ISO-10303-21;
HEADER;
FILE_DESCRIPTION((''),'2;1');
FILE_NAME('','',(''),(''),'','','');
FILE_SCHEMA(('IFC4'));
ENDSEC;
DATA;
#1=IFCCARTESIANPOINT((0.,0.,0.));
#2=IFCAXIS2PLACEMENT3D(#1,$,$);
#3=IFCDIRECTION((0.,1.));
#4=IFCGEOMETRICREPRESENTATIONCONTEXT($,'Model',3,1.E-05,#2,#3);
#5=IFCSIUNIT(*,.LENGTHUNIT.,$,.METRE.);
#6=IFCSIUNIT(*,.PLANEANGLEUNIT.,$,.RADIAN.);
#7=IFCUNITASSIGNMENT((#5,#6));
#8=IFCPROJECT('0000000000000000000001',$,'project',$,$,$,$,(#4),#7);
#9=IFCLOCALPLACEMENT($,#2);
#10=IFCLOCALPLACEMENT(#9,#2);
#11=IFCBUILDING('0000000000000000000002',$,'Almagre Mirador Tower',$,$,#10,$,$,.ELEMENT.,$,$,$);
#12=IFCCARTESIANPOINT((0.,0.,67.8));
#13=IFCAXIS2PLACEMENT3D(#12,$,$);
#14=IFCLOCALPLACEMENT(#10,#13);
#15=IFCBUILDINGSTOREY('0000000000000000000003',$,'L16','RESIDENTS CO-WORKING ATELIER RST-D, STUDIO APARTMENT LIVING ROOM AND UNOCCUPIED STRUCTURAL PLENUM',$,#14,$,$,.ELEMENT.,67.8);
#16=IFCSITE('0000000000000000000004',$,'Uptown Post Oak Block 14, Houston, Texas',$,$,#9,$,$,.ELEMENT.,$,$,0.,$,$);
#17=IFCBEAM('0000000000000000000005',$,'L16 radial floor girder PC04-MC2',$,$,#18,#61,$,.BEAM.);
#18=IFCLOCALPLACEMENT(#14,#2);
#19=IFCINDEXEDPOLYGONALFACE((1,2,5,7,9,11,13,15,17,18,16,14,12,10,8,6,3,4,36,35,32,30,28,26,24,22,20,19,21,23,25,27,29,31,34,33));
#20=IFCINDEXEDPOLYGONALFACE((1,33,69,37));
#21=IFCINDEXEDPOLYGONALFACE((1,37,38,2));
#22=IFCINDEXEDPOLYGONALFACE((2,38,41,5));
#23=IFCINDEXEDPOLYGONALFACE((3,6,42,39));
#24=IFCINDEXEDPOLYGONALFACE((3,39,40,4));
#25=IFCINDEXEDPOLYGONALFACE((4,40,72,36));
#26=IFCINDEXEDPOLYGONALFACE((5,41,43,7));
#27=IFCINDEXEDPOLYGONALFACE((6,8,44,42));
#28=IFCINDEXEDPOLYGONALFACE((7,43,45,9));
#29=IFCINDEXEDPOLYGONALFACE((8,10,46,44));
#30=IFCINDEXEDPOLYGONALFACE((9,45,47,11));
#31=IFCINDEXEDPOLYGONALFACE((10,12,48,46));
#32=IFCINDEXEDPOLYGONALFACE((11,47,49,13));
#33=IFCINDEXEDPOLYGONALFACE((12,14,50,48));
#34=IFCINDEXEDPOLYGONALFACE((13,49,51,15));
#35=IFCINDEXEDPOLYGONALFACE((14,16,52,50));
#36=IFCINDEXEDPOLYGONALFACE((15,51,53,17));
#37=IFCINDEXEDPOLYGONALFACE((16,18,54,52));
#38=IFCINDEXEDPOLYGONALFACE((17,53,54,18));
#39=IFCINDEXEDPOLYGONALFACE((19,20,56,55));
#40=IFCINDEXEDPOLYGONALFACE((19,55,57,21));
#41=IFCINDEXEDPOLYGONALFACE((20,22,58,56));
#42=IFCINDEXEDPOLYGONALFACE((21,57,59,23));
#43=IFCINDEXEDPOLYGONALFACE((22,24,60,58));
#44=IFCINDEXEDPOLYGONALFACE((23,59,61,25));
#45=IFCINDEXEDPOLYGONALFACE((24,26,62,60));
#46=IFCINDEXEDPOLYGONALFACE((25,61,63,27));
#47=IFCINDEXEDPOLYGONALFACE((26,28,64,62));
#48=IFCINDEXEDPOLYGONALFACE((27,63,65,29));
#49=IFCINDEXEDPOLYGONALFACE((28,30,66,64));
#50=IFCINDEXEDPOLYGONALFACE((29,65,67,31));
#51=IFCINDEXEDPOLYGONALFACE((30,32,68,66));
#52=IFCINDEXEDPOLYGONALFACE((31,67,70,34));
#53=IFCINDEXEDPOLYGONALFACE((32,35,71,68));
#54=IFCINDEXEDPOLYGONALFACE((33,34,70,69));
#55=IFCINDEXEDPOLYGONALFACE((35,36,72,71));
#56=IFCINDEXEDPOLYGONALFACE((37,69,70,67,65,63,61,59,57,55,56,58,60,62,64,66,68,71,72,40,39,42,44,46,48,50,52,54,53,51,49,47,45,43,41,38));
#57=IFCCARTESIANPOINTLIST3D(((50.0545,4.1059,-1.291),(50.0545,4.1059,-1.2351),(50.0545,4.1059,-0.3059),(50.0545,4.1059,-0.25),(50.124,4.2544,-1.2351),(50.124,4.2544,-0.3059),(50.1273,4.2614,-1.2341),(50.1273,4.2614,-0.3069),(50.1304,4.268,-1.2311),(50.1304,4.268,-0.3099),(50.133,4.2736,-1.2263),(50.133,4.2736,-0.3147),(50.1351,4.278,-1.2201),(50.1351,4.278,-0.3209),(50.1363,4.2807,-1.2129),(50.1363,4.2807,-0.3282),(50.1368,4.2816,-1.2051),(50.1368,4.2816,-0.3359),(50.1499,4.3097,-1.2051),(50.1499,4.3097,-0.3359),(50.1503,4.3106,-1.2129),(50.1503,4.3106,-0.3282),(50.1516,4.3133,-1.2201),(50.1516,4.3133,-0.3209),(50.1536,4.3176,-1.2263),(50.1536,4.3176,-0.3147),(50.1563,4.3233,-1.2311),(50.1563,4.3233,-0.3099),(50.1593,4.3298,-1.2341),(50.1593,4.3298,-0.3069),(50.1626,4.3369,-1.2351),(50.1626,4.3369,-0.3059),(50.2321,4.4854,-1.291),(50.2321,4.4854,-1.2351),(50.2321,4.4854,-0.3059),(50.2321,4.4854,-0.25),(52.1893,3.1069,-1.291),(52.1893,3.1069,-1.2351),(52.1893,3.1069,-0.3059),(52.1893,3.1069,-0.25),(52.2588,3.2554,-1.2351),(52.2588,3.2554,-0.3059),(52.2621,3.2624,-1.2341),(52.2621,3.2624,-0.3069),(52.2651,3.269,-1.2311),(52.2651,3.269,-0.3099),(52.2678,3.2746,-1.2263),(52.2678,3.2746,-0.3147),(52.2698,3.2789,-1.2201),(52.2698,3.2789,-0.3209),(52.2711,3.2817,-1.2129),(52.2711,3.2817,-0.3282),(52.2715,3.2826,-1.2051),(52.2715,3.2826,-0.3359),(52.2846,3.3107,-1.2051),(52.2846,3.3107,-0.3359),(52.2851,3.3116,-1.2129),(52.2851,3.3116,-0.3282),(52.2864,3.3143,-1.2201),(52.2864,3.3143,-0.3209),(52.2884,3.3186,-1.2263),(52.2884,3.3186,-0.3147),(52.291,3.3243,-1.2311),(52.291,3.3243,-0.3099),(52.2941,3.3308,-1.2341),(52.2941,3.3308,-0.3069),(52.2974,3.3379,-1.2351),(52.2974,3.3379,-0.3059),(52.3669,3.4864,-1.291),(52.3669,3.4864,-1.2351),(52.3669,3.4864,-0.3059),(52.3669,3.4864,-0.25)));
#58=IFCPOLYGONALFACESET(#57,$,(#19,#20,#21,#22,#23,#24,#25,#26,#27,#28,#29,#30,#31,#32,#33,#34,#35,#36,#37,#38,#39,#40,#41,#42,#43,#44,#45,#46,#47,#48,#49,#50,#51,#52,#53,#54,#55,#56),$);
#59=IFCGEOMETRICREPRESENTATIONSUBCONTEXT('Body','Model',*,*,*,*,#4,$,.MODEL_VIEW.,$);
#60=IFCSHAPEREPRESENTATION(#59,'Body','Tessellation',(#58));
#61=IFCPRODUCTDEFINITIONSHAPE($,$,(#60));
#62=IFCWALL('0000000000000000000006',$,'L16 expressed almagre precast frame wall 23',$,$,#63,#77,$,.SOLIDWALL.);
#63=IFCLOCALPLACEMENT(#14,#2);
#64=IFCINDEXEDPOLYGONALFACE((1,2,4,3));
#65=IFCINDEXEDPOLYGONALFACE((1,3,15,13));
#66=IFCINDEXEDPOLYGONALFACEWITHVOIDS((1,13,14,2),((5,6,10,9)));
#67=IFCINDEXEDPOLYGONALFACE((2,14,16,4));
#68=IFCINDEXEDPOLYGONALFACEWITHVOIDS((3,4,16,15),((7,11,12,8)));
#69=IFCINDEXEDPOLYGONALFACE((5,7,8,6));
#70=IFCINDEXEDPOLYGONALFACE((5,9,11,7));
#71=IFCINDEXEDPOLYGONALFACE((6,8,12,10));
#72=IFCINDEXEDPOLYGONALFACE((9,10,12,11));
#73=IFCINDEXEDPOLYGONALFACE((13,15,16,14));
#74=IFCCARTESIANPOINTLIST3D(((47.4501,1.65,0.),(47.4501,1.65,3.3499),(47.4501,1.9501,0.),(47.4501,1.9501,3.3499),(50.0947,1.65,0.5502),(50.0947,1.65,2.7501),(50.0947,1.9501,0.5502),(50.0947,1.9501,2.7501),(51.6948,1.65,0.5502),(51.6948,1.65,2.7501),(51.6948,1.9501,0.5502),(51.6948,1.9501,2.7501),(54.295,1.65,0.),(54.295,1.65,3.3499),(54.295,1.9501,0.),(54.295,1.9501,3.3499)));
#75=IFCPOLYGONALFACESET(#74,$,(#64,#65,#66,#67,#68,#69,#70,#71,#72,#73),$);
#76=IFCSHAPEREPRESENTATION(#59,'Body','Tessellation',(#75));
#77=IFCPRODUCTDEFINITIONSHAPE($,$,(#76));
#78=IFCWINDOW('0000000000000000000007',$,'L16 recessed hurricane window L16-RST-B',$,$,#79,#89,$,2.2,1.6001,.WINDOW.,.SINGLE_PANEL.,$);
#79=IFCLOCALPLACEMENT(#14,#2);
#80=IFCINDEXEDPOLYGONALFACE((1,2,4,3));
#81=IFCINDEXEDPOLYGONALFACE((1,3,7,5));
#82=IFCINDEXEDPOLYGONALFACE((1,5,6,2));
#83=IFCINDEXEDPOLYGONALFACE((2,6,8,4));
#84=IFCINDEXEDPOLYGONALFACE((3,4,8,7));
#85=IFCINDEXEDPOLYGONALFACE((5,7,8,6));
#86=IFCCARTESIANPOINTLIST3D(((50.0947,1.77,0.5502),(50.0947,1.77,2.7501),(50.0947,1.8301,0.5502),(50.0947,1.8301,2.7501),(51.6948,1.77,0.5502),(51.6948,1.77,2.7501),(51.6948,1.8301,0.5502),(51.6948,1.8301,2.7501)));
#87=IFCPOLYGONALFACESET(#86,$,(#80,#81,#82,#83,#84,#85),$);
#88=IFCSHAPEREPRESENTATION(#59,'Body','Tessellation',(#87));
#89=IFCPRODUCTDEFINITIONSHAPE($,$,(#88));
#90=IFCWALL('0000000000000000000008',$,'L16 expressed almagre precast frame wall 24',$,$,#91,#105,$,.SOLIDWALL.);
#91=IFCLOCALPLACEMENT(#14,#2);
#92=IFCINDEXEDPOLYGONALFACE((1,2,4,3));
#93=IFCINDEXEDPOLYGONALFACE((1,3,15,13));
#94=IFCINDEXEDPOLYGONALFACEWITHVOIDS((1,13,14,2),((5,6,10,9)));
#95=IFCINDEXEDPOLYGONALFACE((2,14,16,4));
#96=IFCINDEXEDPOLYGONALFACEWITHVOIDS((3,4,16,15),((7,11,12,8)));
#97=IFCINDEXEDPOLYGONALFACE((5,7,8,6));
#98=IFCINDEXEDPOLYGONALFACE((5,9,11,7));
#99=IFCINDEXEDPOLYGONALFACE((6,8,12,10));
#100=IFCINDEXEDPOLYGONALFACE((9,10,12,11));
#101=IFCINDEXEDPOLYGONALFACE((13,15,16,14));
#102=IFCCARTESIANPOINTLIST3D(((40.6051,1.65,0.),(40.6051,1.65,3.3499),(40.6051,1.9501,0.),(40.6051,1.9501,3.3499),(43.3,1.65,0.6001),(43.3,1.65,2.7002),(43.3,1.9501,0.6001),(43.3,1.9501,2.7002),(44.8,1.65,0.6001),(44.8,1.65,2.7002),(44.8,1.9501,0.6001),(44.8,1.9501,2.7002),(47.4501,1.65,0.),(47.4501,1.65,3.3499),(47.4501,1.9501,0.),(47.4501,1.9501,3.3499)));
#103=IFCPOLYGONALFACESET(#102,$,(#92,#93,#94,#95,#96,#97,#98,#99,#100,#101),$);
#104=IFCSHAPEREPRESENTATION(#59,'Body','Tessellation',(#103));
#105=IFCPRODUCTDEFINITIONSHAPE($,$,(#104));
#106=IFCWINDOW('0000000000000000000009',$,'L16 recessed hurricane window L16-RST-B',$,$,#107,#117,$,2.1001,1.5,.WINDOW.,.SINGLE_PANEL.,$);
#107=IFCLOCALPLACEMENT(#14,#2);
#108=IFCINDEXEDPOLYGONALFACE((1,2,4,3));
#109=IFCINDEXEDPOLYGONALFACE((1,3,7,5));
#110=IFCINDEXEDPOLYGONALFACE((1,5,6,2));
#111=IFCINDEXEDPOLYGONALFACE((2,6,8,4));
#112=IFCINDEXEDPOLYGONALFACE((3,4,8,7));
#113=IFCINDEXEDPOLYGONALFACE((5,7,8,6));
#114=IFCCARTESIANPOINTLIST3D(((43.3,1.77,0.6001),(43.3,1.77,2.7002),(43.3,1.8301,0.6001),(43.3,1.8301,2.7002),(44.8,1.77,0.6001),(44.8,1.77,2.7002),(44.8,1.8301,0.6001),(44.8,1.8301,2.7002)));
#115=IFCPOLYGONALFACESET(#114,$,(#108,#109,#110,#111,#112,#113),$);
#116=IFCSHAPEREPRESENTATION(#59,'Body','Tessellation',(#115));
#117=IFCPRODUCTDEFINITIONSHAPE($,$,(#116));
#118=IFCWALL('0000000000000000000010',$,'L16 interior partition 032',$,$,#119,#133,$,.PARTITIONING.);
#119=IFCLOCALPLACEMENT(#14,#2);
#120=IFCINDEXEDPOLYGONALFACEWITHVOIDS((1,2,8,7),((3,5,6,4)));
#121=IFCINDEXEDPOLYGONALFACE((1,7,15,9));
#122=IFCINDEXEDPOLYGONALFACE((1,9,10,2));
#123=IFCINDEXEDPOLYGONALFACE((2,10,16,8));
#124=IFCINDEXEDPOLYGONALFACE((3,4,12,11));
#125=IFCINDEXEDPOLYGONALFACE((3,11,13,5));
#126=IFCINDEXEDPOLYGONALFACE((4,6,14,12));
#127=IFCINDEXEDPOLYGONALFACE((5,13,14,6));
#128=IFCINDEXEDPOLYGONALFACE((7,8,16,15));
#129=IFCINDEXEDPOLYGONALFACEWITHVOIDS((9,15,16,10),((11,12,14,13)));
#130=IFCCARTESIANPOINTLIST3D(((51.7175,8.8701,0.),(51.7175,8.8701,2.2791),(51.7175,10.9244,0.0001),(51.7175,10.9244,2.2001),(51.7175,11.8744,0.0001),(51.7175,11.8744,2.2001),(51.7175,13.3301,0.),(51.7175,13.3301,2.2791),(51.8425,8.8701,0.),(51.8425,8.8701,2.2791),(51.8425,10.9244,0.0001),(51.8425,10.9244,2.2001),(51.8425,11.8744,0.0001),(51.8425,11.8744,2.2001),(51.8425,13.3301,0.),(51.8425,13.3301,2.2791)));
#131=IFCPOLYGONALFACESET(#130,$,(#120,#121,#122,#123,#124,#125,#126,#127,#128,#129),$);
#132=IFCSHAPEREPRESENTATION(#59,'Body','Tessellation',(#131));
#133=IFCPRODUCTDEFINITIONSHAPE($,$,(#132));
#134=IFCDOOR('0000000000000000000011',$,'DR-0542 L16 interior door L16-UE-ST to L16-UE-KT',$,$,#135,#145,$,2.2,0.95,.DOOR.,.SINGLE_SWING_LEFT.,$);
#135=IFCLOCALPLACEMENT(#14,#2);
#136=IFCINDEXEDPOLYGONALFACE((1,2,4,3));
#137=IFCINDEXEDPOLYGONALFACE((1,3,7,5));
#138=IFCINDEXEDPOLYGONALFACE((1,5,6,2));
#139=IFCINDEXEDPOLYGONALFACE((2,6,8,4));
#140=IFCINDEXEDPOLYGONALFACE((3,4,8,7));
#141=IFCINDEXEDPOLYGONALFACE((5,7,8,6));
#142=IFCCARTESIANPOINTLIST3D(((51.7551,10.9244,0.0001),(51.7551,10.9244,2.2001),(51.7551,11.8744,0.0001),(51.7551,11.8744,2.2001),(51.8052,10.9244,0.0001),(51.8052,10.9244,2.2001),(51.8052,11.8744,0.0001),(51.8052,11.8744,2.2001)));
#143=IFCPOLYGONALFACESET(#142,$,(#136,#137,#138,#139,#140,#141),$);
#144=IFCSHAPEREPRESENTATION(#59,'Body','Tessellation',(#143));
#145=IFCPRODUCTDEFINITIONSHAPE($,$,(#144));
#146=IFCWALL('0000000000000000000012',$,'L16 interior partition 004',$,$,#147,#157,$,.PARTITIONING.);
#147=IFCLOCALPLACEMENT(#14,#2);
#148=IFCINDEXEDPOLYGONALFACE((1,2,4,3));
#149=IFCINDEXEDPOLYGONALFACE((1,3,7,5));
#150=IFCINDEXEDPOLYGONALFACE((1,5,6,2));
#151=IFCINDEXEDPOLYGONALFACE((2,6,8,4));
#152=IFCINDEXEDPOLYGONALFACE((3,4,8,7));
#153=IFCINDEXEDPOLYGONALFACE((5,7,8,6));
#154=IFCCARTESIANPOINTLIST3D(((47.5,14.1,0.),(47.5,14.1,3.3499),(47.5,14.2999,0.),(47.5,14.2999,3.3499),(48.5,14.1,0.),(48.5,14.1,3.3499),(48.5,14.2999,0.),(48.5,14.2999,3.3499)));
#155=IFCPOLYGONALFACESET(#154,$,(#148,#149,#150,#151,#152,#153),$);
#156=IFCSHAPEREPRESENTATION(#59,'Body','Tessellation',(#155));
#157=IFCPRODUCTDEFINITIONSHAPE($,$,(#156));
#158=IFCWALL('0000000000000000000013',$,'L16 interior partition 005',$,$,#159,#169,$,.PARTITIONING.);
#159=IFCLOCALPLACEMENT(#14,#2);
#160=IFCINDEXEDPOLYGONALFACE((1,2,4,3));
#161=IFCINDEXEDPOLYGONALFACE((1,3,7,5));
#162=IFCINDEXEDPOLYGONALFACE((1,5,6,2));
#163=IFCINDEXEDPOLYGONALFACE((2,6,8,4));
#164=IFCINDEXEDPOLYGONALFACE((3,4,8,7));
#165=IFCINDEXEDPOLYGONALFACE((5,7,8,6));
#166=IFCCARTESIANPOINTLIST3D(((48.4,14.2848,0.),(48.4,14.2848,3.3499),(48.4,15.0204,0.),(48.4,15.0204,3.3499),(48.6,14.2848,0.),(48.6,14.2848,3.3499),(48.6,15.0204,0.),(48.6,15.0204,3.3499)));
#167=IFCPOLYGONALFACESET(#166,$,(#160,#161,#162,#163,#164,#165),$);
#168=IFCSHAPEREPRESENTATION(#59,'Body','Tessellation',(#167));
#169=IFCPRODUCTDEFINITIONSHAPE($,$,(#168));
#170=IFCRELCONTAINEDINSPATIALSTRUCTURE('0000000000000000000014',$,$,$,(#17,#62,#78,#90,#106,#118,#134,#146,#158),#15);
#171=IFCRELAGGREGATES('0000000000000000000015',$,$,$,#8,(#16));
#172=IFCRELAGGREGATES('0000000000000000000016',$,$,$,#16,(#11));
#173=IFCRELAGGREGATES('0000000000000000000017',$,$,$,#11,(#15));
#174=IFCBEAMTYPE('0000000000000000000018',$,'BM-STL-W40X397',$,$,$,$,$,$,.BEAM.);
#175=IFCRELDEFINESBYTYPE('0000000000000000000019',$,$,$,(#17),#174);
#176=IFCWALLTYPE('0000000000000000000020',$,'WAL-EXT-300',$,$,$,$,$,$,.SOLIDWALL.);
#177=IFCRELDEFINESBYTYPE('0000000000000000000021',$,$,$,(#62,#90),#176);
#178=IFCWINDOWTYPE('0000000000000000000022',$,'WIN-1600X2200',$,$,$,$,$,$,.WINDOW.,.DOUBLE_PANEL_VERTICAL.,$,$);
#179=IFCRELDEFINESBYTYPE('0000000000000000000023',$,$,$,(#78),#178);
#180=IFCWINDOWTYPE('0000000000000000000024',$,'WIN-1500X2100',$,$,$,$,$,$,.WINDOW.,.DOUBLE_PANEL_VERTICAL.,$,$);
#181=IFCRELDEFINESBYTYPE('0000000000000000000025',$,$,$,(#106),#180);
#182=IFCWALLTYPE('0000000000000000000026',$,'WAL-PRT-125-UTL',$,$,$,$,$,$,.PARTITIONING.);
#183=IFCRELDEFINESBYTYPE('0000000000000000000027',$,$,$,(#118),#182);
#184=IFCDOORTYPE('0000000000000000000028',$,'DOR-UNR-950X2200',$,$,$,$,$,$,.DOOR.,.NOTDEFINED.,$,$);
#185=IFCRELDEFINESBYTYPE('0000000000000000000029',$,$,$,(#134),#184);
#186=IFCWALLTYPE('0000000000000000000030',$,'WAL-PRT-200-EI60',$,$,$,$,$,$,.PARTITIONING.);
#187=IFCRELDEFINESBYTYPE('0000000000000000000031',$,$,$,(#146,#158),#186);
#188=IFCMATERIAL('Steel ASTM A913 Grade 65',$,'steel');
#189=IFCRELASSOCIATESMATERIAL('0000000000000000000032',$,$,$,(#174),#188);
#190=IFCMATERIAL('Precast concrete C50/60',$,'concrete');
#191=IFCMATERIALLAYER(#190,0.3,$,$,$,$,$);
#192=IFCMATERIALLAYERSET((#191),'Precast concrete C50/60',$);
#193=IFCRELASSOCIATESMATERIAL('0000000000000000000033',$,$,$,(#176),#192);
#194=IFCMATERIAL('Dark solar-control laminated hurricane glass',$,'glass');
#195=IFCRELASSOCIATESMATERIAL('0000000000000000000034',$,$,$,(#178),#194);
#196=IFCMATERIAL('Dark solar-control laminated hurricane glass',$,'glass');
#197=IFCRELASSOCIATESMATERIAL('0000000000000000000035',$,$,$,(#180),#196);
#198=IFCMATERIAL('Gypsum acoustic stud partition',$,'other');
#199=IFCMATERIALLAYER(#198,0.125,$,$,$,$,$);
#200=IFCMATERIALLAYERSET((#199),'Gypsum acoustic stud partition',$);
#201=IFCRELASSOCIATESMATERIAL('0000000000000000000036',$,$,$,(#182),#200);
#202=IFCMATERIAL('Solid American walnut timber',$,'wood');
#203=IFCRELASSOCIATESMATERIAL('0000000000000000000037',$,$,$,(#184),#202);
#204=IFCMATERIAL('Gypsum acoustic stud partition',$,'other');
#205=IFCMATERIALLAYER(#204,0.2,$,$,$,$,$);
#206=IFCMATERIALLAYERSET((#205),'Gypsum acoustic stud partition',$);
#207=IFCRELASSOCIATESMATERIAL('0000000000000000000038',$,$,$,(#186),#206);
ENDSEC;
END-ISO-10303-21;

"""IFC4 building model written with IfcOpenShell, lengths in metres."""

from ifc_helpers import new_model, si_unit, direction, frame, frame_2d, origin, origin_2d, place, context, subcontext, project, spatial, rectangle, i_section, extrude, material, layer, layer_set, material_profile, profile_set, type_object, element, fill, save


model = new_model("IFC4")

# Units and contexts
model_context = context("Model", 3, precision=1e-05, world=origin(), true_north=direction((0.0, 1.0)))
body_context = subcontext(model_context, "Body", "Model", "MODEL_VIEW")
ifc_project = project(units=[si_unit("LENGTHUNIT", "METRE"), si_unit("PLANEANGLEUNIT", "RADIAN")], contexts=[model_context])

# Site, building, storey
site_placement = place(None, origin())
site = spatial("IfcSite", under=ifc_project, at=site_placement, Name="Uptown Post Oak Block 14, Houston, Texas", CompositionType="ELEMENT", RefElevation=0.0)
building_placement = place(site_placement, origin())
building = spatial("IfcBuilding", under=site, at=building_placement, Name="Almagre Mirador Tower", CompositionType="ELEMENT")
storey_placement = place(building_placement, frame((0.0, 0.0, 67.8)))
storey = spatial("IfcBuildingStorey", under=building, at=storey_placement, Name="L16", Description="RESIDENTS CO-WORKING ATELIER RST-D, STUDIO APARTMENT LIVING ROOM AND UNOCCUPIED STRUCTURAL PLENUM", CompositionType="ELEMENT", Elevation=67.8)

# Beam
ifc_material_1 = material(Name="Steel ASTM A913 Grade 65", Category="steel")
ifc_material_profile_1 = material_profile(ifc_material_1, i_section(OverallWidth=0.4189, OverallDepth=1.041, WebThickness=0.031, FlangeThickness=0.0559, FilletRadius=0.03, at=origin_2d()), Name="W40X397")
ifc_profile_set_1 = profile_set([ifc_material_profile_1], Name="Steel ASTM A913 Grade 65")
beam_type_1 = type_object("IfcBeamType", Name="BM-STL-W40X397", PredefinedType="BEAM", material=ifc_profile_set_1)
beam_1_placement = place(storey_placement, frame((52.2781, 3.2966, -0.7705), z_axis=(-0.905727, 0.423861, 0.0), x_axis=(-0.423861, -0.905727, 0.0)))
element("IfcBeam", 1, at=beam_1_placement, inside=storey, type_object=beam_type_1, Name="L16 radial floor girder PC04-MC2", PredefinedType="BEAM", context=body_context, shape_type="SweptSolid", body=[
    extrude(i_section(OverallWidth=0.4189, OverallDepth=1.041, WebThickness=0.031, FlangeThickness=0.0559, FilletRadius=0.03, at=origin_2d()), origin(), (0.0, 0.0, 1.0), 2.3569),
])

# Walls, openings, windows
ifc_material_2 = material(Name="Precast concrete C50/60", Category="concrete")
ifc_layer_1 = layer(ifc_material_2, 0.3)
ifc_layer_set_1 = layer_set([ifc_layer_1], Name="Precast concrete C50/60")
wall_type_1 = type_object("IfcWallType", Name="WAL-EXT-300", PredefinedType="SOLIDWALL", material=ifc_layer_set_1)
wall_1_placement = place(storey_placement, frame((54.2949, 1.8, 0.0), z_axis=(0.0, 0.0, 1.0), x_axis=(-1.0, 0.0, 0.0)))
wall_1 = element("IfcWall", 2, at=wall_1_placement, inside=storey, type_object=wall_type_1, Name="L16 expressed almagre precast frame wall 23", PredefinedType="SOLIDWALL", context=body_context, shape_type="SweptSolid", body=[
    extrude(rectangle(XDim=6.845, YDim=0.3, at=frame_2d((3.4224, 0.0))), origin(), (0.0, 0.0, 1.0), 3.3499),
])
opening_1_placement = place(wall_1_placement, frame((2.6001, 0.0, 0.55)))
opening_1 = element("IfcOpeningElement", 3, at=opening_1_placement, cuts=wall_1, PredefinedType="OPENING", context=body_context, shape_type="SweptSolid", body=[
    extrude(rectangle(XDim=1.6001, YDim=2.2, at=frame_2d((0.8, 1.1001))), frame((0.0, 0.1599, 0.0), z_axis=(0.0, -1.0, 0.0), x_axis=(1.0, 0.0, 0.0)), (0.0, 0.0, 1.0), 0.32),
])
ifc_material_3 = material(Name="Dark solar-control laminated hurricane glass", Category="glass")
window_type_1 = type_object("IfcWindowType", Name="WIN-1600X2200", PartitioningType="DOUBLE_PANEL_VERTICAL", PredefinedType="WINDOW", material=ifc_material_3)
window_1_placement = place(opening_1_placement, origin())
window_1 = element("IfcWindow", 4, at=window_1_placement, inside=storey, type_object=window_type_1, Name="L16 recessed hurricane window L16-RST-B", OverallHeight=2.2, OverallWidth=1.6001, PartitioningType="SINGLE_PANEL", PredefinedType="WINDOW", context=body_context, shape_type="SweptSolid", body=[
    extrude(rectangle(XDim=1.6001, YDim=2.2, at=frame_2d((0.8, 1.1001))), frame((0.0, 0.03, 0.0), z_axis=(0.0, -1.0, 0.0), x_axis=(1.0, 0.0, 0.0)), (0.0, 0.0, 1.0), 0.0601),
])
fill(opening_1, window_1)
wall_2_placement = place(storey_placement, frame((47.45, 1.8, 0.0), z_axis=(0.0, 0.0, 1.0), x_axis=(-1.0, 0.0, 0.0)))
wall_2 = element("IfcWall", 5, at=wall_2_placement, inside=storey, type_object=wall_type_1, Name="L16 expressed almagre precast frame wall 24", PredefinedType="SOLIDWALL", context=body_context, shape_type="SweptSolid", body=[
    extrude(rectangle(XDim=6.845, YDim=0.3, at=frame_2d((3.4224, 0.0))), origin(), (0.0, 0.0, 1.0), 3.3499),
])
opening_2_placement = place(wall_2_placement, frame((2.6499, 0.0, 0.6001)))
opening_2 = element("IfcOpeningElement", 6, at=opening_2_placement, cuts=wall_2, PredefinedType="OPENING", context=body_context, shape_type="SweptSolid", body=[
    extrude(rectangle(XDim=1.5, YDim=2.1001, at=frame_2d((0.75, 1.05))), frame((0.0, 0.1599, 0.0), z_axis=(0.0, -1.0, 0.0), x_axis=(1.0, 0.0, 0.0)), (0.0, 0.0, 1.0), 0.32),
])
ifc_material_4 = material(Name="Dark solar-control laminated hurricane glass", Category="glass")
window_type_2 = type_object("IfcWindowType", Name="WIN-1500X2100", PartitioningType="DOUBLE_PANEL_VERTICAL", PredefinedType="WINDOW", material=ifc_material_4)
window_2_placement = place(opening_2_placement, origin())
window_2 = element("IfcWindow", 7, at=window_2_placement, inside=storey, type_object=window_type_2, Name="L16 recessed hurricane window L16-RST-B", OverallHeight=2.1001, OverallWidth=1.5, PartitioningType="SINGLE_PANEL", PredefinedType="WINDOW", context=body_context, shape_type="SweptSolid", body=[
    extrude(rectangle(XDim=1.5, YDim=2.1001, at=frame_2d((0.75, 1.05))), frame((0.0, 0.03, 0.0), z_axis=(0.0, -1.0, 0.0), x_axis=(1.0, 0.0, 0.0)), (0.0, 0.0, 1.0), 0.0601),
])
fill(opening_2, window_2)

# Wall, opening, door
ifc_material_5 = material(Name="Gypsum acoustic stud partition", Category="other")
ifc_layer_2 = layer(ifc_material_5, 0.125)
ifc_layer_set_2 = layer_set([ifc_layer_2], Name="Gypsum acoustic stud partition")
wall_type_2 = type_object("IfcWallType", Name="WAL-PRT-125-UTL", PredefinedType="PARTITIONING", material=ifc_layer_set_2)
wall_3_placement = place(storey_placement, frame((51.78, 8.8701, 0.0), z_axis=(0.0, 0.0, 1.0), x_axis=(0.0, 1.0, 0.0)))
wall_3 = element("IfcWall", 8, at=wall_3_placement, inside=storey, type_object=wall_type_2, Name="L16 interior partition 032", PredefinedType="PARTITIONING", context=body_context, shape_type="SweptSolid", body=[
    extrude(rectangle(XDim=4.46, YDim=0.125, at=frame_2d((2.23, 0.0))), origin(), (0.0, 0.0, 1.0), 2.2791),
])
opening_3_placement = place(wall_3_placement, frame((2.0542, 0.0, 0.0)))
opening_3 = element("IfcOpeningElement", 9, at=opening_3_placement, cuts=wall_3, PredefinedType="OPENING", context=body_context, shape_type="SweptSolid", body=[
    extrude(rectangle(XDim=0.95, YDim=2.2, at=frame_2d((0.4751, 1.1001))), frame((0.0, 0.0725, 0.0), z_axis=(0.0, -1.0, 0.0), x_axis=(1.0, 0.0, 0.0)), (0.0, 0.0, 1.0), 0.145),
])
ifc_material_6 = material(Name="Solid American walnut timber", Category="wood")
door_type = type_object("IfcDoorType", Name="DOR-UNR-950X2200", OperationType="NOTDEFINED", PredefinedType="DOOR", material=ifc_material_6)
door_placement = place(opening_3_placement, origin())
door = element("IfcDoor", 10, at=door_placement, inside=storey, type_object=door_type, Name="DR-0542 L16 interior door L16-UE-ST to L16-UE-KT", OperationType="SINGLE_SWING_LEFT", OverallHeight=2.2, OverallWidth=0.95, PredefinedType="DOOR", context=body_context, shape_type="SweptSolid", body=[
    extrude(rectangle(XDim=0.95, YDim=2.2, at=frame_2d((0.4751, 1.1001))), frame((0.0, 0.0249, 0.0), z_axis=(0.0, -1.0, 0.0), x_axis=(1.0, 0.0, 0.0)), (0.0, 0.0, 1.0), 0.05),
])
fill(opening_3, door)

# Walls
ifc_material_7 = material(Name="Gypsum acoustic stud partition", Category="other")
ifc_layer_3 = layer(ifc_material_7, 0.2)
ifc_layer_set_3 = layer_set([ifc_layer_3], Name="Gypsum acoustic stud partition")
wall_type_3 = type_object("IfcWallType", Name="WAL-PRT-200-EI60", PredefinedType="PARTITIONING", material=ifc_layer_set_3)
wall_4_placement = place(storey_placement, frame((47.5, 14.2, 0.0), z_axis=(0.0, 0.0, 1.0), x_axis=(1.0, 0.0, 0.0)))
element("IfcWall", 11, at=wall_4_placement, inside=storey, type_object=wall_type_3, Name="L16 interior partition 004", PredefinedType="PARTITIONING", context=body_context, shape_type="SweptSolid", body=[
    extrude(rectangle(XDim=1.0, YDim=0.2, at=frame_2d((0.5, 0.0))), origin(), (0.0, 0.0, 1.0), 3.3499),
])
wall_5_placement = place(storey_placement, frame((48.5, 14.2849, 0.0), z_axis=(0.0, 0.0, 1.0), x_axis=(0.0, 1.0, 0.0)))
element("IfcWall", 12, at=wall_5_placement, inside=storey, type_object=wall_type_3, Name="L16 interior partition 005", PredefinedType="PARTITIONING", context=body_context, shape_type="SweptSolid", body=[
    extrude(rectangle(XDim=0.7356, YDim=0.2, at=frame_2d((0.3677, 0.0))), origin(), (0.0, 0.0, 1.0), 3.3499),
])

save(model, "model.ifc")
